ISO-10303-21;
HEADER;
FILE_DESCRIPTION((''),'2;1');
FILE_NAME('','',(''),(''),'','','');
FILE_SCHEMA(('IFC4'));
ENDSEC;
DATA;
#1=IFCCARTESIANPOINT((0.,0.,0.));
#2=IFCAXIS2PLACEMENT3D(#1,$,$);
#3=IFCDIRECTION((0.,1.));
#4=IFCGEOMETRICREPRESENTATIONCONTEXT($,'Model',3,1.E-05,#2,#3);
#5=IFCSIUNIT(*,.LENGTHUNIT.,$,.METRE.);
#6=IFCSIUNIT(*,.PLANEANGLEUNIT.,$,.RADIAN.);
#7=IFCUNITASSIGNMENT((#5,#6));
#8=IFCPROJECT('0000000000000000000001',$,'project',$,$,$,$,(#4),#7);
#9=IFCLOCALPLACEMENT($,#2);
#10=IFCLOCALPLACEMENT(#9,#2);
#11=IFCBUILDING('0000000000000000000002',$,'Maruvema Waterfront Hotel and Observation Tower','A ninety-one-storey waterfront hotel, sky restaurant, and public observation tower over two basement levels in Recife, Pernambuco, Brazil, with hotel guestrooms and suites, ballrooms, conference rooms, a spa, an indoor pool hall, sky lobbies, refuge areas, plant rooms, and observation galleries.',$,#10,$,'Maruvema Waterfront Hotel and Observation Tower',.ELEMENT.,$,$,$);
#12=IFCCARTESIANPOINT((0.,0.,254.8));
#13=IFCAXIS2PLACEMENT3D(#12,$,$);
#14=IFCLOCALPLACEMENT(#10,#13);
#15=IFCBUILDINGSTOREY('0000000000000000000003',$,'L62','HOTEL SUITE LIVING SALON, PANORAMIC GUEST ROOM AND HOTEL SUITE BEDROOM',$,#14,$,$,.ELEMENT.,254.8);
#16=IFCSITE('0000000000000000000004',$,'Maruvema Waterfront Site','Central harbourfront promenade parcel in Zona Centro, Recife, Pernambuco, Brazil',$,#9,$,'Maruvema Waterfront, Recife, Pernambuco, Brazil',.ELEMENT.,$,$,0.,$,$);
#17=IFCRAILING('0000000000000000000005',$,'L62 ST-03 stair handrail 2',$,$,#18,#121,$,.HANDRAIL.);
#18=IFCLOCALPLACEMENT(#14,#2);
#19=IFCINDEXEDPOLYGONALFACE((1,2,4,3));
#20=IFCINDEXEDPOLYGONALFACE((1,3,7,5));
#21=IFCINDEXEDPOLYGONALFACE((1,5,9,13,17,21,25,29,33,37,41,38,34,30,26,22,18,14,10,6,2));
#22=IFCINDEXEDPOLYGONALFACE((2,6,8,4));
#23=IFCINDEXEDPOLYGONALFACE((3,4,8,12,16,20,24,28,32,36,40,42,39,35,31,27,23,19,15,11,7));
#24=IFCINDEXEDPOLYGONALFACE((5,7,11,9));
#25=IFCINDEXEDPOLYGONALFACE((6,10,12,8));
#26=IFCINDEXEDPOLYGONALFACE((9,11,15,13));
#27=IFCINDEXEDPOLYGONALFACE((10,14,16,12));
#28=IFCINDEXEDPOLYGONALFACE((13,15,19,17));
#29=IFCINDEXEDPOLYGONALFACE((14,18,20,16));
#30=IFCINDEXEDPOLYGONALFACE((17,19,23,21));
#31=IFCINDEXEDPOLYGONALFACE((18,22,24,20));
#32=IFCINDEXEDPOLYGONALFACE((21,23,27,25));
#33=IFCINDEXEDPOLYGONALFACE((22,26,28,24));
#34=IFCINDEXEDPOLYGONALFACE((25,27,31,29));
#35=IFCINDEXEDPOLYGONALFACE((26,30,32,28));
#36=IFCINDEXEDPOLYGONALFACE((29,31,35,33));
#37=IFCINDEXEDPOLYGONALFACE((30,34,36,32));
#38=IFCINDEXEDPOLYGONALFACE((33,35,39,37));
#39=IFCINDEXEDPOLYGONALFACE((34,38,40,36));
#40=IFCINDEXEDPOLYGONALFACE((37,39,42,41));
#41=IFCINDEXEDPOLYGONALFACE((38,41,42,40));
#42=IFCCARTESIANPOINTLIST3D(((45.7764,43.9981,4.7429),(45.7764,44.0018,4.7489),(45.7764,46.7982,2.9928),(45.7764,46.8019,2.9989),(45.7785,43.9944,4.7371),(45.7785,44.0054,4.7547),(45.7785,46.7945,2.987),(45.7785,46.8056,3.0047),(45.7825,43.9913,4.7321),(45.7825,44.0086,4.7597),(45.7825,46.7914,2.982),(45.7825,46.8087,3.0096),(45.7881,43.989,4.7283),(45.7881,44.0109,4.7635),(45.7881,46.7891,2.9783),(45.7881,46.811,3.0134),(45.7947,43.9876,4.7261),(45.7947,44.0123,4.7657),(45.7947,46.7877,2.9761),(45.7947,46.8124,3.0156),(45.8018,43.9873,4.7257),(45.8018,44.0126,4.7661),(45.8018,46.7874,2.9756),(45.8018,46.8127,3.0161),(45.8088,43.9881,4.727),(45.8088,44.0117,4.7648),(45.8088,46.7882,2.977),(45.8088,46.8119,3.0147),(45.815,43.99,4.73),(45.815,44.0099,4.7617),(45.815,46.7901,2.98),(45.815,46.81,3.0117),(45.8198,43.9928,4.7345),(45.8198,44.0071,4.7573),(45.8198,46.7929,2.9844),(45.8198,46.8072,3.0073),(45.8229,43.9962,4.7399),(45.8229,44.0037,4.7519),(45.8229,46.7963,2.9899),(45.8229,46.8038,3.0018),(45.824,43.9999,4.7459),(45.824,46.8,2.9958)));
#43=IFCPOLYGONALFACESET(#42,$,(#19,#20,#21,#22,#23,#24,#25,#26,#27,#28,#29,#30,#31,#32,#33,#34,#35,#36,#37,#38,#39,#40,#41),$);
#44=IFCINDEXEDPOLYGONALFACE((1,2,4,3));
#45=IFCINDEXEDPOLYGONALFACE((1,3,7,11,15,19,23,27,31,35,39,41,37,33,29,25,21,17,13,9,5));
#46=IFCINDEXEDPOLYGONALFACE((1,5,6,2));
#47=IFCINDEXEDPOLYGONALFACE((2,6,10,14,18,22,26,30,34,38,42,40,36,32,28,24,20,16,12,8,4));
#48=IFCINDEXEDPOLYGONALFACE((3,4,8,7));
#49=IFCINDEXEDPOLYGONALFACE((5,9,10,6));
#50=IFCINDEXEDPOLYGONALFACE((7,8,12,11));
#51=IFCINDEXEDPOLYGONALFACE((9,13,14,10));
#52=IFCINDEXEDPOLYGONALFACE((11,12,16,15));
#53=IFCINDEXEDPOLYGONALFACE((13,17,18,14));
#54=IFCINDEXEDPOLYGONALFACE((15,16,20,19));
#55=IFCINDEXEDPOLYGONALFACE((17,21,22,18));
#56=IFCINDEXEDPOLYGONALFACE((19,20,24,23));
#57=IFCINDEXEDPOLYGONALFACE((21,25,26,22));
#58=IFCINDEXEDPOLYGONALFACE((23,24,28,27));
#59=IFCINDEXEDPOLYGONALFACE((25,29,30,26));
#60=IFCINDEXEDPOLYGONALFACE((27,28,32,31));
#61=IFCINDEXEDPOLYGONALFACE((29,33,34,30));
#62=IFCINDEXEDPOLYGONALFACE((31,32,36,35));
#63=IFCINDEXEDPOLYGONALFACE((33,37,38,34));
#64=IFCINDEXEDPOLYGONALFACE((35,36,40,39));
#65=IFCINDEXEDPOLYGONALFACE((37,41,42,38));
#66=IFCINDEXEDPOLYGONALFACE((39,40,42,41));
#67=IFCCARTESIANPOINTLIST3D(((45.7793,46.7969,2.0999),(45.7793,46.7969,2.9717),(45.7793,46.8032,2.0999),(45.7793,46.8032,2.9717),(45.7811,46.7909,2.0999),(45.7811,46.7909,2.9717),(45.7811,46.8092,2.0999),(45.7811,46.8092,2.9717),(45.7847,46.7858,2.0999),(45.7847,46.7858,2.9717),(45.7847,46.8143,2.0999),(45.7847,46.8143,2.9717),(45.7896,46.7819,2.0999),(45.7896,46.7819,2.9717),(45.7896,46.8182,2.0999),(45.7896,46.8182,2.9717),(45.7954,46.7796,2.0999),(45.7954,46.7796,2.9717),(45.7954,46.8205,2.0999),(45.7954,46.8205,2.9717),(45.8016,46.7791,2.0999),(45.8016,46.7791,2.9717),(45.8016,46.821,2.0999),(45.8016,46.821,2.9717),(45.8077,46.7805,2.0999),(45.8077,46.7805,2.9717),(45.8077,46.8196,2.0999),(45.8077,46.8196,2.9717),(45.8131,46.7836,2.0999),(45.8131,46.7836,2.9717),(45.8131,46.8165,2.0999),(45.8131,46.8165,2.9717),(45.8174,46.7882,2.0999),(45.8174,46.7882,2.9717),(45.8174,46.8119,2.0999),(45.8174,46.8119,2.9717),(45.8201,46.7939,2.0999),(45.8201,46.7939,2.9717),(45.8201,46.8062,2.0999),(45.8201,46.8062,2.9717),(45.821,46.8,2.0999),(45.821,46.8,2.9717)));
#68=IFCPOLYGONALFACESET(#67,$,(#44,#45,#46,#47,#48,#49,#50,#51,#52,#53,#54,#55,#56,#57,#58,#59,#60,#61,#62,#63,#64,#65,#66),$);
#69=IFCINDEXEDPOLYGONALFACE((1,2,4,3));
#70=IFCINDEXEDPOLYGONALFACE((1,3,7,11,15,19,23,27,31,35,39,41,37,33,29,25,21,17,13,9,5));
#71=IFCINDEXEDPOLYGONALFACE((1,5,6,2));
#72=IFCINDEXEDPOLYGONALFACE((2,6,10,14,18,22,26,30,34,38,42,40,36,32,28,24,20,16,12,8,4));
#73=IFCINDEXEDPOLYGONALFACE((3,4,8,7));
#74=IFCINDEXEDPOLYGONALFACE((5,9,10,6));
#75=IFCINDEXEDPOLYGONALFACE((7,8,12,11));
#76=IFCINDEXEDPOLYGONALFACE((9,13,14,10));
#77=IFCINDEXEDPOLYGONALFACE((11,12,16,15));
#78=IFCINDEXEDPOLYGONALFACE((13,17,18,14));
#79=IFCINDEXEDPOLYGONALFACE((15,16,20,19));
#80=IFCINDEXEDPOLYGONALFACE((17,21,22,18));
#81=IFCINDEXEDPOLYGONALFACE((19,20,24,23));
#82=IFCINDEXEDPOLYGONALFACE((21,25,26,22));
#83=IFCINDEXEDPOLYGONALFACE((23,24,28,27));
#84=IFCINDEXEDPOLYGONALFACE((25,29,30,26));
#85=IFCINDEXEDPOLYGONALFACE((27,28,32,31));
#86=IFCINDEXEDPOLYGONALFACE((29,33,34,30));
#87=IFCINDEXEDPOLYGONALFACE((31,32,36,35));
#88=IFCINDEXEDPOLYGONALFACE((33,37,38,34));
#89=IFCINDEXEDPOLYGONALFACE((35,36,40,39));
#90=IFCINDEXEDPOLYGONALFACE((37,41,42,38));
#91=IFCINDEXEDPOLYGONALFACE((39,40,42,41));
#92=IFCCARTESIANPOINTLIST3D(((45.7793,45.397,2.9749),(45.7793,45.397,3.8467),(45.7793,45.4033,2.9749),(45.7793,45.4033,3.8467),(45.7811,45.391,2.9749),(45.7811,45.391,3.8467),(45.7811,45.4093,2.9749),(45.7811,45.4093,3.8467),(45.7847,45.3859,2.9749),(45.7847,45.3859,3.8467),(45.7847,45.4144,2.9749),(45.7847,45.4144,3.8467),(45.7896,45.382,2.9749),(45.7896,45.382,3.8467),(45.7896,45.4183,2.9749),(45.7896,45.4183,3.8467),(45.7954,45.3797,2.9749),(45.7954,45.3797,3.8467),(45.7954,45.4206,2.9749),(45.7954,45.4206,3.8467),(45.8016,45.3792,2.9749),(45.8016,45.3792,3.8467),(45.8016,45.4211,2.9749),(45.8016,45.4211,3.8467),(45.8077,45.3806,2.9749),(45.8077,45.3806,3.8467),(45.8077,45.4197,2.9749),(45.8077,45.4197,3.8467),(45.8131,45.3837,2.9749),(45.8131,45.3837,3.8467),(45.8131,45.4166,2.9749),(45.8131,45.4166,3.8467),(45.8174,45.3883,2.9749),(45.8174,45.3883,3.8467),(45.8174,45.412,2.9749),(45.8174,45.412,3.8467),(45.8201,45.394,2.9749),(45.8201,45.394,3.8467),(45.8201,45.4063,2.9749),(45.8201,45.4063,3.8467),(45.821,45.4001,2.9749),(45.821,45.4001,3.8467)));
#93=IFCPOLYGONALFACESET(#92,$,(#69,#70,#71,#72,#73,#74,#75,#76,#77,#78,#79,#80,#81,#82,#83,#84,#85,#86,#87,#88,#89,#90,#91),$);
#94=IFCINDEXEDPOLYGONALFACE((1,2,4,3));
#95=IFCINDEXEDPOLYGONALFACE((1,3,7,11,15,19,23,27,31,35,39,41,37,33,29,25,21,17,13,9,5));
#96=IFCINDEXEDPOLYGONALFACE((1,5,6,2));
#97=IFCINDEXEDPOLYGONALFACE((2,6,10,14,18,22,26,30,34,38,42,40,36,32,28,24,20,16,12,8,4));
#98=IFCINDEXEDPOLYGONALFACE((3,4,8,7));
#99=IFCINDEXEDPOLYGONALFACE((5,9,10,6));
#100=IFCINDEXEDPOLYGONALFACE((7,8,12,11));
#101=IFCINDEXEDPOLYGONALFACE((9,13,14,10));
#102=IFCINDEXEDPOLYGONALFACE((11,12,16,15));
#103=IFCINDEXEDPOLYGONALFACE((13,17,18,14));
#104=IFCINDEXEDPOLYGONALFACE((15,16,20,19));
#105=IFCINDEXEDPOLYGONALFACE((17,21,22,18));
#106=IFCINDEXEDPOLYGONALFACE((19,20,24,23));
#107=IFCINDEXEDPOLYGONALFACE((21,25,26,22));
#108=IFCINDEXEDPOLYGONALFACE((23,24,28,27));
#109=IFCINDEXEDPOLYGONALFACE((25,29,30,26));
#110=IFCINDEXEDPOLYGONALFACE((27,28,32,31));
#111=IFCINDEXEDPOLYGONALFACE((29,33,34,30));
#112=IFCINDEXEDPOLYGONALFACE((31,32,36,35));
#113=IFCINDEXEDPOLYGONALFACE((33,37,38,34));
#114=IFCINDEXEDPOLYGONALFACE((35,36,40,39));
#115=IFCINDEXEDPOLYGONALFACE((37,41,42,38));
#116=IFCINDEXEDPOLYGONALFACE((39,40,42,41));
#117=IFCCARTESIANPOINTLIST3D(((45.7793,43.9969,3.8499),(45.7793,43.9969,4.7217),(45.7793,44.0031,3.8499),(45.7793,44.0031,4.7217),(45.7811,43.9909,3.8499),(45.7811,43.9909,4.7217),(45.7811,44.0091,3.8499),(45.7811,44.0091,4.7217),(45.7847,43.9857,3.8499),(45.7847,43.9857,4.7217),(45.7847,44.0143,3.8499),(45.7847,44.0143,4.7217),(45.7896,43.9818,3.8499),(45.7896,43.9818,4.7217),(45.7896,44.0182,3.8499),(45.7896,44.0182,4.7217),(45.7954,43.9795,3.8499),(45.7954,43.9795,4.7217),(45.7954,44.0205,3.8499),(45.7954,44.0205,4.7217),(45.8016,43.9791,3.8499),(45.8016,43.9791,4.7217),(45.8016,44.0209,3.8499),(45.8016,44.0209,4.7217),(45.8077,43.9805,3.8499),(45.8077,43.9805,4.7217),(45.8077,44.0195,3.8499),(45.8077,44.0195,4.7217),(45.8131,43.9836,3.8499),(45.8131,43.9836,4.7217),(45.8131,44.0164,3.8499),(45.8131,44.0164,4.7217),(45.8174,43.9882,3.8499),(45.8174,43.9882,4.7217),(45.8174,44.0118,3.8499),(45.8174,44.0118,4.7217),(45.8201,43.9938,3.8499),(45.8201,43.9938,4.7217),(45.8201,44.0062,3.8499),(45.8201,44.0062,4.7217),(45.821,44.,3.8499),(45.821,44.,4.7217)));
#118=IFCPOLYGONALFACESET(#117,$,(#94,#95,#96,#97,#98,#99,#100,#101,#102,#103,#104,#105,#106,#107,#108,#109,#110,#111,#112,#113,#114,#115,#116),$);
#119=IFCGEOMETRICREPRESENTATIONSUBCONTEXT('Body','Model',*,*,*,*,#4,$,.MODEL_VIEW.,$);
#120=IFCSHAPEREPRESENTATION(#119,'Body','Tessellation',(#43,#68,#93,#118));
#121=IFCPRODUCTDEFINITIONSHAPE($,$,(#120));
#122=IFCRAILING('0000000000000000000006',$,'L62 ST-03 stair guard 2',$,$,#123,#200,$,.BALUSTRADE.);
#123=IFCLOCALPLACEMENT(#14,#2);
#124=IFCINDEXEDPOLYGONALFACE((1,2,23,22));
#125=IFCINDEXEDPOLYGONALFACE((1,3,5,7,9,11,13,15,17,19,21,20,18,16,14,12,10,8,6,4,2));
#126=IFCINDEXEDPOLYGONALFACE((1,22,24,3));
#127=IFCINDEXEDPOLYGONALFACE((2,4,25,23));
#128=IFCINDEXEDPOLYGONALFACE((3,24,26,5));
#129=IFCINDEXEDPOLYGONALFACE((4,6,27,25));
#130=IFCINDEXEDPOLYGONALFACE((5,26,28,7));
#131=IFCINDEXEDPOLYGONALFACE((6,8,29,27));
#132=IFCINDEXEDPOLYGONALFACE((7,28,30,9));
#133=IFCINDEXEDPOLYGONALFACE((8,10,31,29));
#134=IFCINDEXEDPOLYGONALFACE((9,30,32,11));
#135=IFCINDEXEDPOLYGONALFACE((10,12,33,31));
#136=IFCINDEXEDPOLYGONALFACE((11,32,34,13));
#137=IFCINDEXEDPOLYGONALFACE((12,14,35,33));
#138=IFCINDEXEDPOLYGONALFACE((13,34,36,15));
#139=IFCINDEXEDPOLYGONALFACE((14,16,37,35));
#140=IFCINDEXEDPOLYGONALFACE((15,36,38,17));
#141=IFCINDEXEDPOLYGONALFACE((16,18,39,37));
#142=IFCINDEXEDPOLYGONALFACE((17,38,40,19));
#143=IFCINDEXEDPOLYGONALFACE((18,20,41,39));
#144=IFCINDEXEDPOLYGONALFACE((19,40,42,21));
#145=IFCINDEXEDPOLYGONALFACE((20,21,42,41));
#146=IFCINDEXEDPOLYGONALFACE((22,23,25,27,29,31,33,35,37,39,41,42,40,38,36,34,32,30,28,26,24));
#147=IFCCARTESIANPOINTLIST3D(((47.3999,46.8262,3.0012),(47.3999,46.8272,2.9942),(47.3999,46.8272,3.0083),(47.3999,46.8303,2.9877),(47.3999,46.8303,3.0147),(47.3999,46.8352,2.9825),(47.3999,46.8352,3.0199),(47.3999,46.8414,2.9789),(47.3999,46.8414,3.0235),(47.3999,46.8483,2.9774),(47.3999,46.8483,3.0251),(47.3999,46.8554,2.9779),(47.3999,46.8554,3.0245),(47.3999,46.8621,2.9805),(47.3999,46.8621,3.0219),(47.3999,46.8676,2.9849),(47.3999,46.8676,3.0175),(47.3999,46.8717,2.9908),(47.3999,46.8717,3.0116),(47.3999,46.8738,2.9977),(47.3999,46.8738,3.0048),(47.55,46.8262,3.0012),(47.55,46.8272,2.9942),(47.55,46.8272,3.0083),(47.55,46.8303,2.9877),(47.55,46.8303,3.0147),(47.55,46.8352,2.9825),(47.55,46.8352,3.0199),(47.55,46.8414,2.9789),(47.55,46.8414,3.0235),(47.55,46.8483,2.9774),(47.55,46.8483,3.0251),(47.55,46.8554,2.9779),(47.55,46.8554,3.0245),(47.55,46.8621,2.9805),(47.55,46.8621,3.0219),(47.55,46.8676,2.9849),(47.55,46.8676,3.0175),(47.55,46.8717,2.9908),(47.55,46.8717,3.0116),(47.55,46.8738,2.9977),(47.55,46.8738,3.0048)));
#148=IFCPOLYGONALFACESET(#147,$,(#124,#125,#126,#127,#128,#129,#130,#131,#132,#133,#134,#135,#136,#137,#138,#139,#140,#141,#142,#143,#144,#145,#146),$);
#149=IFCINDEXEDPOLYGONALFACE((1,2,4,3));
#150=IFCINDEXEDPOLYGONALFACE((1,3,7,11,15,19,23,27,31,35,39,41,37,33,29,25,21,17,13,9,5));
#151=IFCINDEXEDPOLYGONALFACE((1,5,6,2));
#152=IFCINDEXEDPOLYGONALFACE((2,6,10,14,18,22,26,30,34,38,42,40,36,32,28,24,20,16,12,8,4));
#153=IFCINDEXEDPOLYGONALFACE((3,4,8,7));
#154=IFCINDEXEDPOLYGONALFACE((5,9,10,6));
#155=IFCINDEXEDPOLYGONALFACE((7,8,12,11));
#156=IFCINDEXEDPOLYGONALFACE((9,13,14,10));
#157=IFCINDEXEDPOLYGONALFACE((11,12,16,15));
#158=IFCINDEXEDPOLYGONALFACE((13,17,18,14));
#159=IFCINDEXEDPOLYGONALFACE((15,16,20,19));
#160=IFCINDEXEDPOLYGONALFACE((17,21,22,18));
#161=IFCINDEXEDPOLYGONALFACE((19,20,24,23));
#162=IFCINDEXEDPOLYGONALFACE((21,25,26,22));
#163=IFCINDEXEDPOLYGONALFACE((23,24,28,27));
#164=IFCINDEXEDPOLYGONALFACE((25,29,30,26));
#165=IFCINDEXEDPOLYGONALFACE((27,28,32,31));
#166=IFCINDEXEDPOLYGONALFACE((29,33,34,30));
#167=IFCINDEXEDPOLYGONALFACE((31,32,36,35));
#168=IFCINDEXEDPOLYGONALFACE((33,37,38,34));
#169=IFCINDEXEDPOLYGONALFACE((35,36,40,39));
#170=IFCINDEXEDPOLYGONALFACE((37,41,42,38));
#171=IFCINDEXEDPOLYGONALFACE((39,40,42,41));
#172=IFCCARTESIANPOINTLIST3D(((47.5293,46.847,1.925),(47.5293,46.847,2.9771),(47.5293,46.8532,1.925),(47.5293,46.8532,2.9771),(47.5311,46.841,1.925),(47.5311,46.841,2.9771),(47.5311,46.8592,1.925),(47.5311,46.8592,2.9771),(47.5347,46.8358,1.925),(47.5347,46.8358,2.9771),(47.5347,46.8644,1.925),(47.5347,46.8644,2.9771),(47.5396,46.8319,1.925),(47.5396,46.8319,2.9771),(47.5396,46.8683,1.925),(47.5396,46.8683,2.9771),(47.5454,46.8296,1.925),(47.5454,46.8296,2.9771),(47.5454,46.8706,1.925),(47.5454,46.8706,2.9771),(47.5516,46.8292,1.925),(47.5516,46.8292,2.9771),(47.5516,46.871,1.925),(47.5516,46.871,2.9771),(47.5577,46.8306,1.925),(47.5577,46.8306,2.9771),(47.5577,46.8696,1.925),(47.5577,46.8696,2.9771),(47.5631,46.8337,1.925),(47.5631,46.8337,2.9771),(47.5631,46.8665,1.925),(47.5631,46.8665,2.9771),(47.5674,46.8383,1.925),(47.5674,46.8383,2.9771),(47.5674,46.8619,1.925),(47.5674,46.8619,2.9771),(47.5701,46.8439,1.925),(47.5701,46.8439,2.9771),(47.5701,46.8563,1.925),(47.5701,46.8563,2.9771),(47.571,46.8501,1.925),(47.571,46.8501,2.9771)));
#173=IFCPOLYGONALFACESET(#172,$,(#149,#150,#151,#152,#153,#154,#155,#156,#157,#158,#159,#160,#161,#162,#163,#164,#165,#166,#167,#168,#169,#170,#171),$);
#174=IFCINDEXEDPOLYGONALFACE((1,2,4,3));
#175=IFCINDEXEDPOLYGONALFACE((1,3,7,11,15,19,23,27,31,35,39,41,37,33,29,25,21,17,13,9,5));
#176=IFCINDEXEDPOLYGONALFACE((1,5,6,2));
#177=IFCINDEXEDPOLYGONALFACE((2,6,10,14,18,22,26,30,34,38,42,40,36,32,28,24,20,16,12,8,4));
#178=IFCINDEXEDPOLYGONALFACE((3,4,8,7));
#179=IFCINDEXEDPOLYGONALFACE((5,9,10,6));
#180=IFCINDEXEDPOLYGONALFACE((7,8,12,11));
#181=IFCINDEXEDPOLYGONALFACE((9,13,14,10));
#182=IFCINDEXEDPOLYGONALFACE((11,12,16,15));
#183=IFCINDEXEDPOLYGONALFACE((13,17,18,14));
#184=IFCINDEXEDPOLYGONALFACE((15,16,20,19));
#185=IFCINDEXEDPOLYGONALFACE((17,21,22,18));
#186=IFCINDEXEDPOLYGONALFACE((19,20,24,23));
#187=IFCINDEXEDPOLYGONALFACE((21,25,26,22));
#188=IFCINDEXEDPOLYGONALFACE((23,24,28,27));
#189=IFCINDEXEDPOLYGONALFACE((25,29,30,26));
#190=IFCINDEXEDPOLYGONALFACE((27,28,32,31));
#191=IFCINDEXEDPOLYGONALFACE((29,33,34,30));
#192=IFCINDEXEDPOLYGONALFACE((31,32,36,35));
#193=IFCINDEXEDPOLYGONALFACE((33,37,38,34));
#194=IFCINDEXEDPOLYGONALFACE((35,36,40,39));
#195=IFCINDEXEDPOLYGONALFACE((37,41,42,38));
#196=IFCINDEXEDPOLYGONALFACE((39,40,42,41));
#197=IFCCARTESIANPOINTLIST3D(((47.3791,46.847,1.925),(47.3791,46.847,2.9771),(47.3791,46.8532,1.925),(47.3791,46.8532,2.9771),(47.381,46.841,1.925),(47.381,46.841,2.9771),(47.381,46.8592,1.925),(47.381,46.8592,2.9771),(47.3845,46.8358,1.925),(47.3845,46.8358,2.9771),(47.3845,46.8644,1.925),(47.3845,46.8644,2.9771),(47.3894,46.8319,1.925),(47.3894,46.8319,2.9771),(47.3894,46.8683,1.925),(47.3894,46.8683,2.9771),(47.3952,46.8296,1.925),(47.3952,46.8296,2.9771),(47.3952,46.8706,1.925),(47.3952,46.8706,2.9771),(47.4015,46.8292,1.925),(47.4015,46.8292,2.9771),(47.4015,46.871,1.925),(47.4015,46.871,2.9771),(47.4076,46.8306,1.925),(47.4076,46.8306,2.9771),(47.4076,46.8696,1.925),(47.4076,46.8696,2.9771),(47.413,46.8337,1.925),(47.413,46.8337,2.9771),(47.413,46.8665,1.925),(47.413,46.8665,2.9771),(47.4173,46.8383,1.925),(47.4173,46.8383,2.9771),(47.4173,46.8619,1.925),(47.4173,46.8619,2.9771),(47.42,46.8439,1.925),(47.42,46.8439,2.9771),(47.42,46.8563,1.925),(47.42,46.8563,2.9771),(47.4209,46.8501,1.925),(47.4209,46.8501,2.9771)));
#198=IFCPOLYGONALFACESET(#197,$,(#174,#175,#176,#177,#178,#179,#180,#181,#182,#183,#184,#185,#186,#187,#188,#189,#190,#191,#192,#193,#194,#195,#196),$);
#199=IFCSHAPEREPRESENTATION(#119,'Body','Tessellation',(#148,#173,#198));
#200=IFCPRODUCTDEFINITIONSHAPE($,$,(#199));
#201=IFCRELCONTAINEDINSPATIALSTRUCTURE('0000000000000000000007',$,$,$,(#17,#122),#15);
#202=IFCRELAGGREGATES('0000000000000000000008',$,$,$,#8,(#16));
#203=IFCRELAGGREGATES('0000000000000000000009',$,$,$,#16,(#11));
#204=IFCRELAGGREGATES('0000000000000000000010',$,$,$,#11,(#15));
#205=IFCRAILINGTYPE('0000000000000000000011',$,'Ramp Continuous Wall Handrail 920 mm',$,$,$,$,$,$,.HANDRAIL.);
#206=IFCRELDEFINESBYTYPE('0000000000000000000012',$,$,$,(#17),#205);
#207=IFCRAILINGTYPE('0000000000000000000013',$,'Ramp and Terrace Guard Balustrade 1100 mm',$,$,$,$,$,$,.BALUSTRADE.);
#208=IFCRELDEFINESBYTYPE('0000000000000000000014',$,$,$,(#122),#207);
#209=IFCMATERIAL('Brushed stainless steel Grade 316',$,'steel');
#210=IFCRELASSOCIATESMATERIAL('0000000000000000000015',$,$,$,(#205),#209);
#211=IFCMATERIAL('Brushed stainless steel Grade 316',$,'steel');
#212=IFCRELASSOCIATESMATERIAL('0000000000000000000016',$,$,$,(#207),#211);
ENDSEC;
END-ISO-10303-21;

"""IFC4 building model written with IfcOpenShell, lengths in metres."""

from ifc_helpers import new_model, si_unit, direction, frame, origin, origin_2d, place, context, subcontext, project, spatial, circle, extrude, material, type_object, element, save


model = new_model("IFC4")

# Units and contexts
model_context = context("Model", 3, precision=1e-05, world=origin(), true_north=direction((0.0, 1.0)))
body_context = subcontext(model_context, "Body", "Model", "MODEL_VIEW")
ifc_project = project(units=[si_unit("LENGTHUNIT", "METRE"), si_unit("PLANEANGLEUNIT", "RADIAN")], contexts=[model_context])

# Site, building, storey
site_placement = place(None, origin())
site = spatial("IfcSite", under=ifc_project, at=site_placement, Name="Maruvema Waterfront Site", Description="Central harbourfront promenade parcel in Zona Centro, Recife, Pernambuco, Brazil", LongName="Maruvema Waterfront, Recife, Pernambuco, Brazil", CompositionType="ELEMENT", RefElevation=0.0)
building_placement = place(site_placement, origin())
building = spatial("IfcBuilding", under=site, at=building_placement, Name="Maruvema Waterfront Hotel and Observation Tower", Description="A ninety-one-storey waterfront hotel, sky restaurant, and public observation tower over two basement levels in Recife, Pernambuco, Brazil, with hotel guestrooms and suites, ballrooms, conference rooms, a spa, an indoor pool hall, sky lobbies, refuge areas, plant rooms, and observation galleries.", LongName="Maruvema Waterfront Hotel and Observation Tower", CompositionType="ELEMENT")
storey_placement = place(building_placement, frame((0.0, 0.0, 254.8)))
storey = spatial("IfcBuildingStorey", under=building, at=storey_placement, Name="L62", Description="HOTEL SUITE LIVING SALON, PANORAMIC GUEST ROOM AND HOTEL SUITE BEDROOM", CompositionType="ELEMENT", Elevation=254.8)

# Railings
ifc_material_1 = material(Name="Brushed stainless steel Grade 316", Category="steel")
railing_type_1 = type_object("IfcRailingType", Name="Ramp Continuous Wall Handrail 920 mm", PredefinedType="HANDRAIL", material=ifc_material_1)
railing_1_placement = place(storey_placement, frame((45.8, 46.8, 2.0999)))
element("IfcRailing", 1, at=railing_1_placement, inside=storey, type_object=railing_type_1, Name="L62 ST-03 stair handrail 2", PredefinedType="HANDRAIL", context=body_context, shape_type="SweptSolid", body=[
    extrude(circle(Radius=0.0239, at=origin_2d()), frame((0.0, 0.0, 0.896), z_axis=(0.0, -0.848002, 0.529992), x_axis=(1.0, 0.0, 0.0)), (0.0, 0.0, 1.0), 3.302),
    extrude(circle(Radius=0.021, at=origin_2d()), origin(), (0.0, 0.0, 1.0), 0.8718),
    extrude(circle(Radius=0.021, at=origin_2d()), frame((0.0, -1.3999, 0.875)), (0.0, 0.0, 1.0), 0.8718),
    extrude(circle(Radius=0.021, at=origin_2d()), frame((0.0, -2.8, 1.75)), (0.0, 0.0, 1.0), 0.8718),
])
ifc_material_2 = material(Name="Brushed stainless steel Grade 316", Category="steel")
railing_type_2 = type_object("IfcRailingType", Name="Ramp and Terrace Guard Balustrade 1100 mm", PredefinedType="BALUSTRADE", material=ifc_material_2)
railing_2_placement = place(storey_placement, frame((47.55, 46.8501, 1.925)))
element("IfcRailing", 2, at=railing_2_placement, inside=storey, type_object=railing_type_2, Name="L62 ST-03 stair guard 2", PredefinedType="BALUSTRADE", context=body_context, shape_type="SweptSolid", body=[
    extrude(circle(Radius=0.0239, at=origin_2d()), frame((0.0, 0.0, 1.0762), z_axis=(-1.0, 0.0, 0.0), x_axis=(0.0, -1.0, 0.0)), (0.0, 0.0, 1.0), 0.1501),
    extrude(circle(Radius=0.021, at=origin_2d()), origin(), (0.0, 0.0, 1.0), 1.052),
    extrude(circle(Radius=0.021, at=origin_2d()), frame((-0.1501, 0.0, 0.0)), (0.0, 0.0, 1.0), 1.052),
])

save(model, "model.ifc")
